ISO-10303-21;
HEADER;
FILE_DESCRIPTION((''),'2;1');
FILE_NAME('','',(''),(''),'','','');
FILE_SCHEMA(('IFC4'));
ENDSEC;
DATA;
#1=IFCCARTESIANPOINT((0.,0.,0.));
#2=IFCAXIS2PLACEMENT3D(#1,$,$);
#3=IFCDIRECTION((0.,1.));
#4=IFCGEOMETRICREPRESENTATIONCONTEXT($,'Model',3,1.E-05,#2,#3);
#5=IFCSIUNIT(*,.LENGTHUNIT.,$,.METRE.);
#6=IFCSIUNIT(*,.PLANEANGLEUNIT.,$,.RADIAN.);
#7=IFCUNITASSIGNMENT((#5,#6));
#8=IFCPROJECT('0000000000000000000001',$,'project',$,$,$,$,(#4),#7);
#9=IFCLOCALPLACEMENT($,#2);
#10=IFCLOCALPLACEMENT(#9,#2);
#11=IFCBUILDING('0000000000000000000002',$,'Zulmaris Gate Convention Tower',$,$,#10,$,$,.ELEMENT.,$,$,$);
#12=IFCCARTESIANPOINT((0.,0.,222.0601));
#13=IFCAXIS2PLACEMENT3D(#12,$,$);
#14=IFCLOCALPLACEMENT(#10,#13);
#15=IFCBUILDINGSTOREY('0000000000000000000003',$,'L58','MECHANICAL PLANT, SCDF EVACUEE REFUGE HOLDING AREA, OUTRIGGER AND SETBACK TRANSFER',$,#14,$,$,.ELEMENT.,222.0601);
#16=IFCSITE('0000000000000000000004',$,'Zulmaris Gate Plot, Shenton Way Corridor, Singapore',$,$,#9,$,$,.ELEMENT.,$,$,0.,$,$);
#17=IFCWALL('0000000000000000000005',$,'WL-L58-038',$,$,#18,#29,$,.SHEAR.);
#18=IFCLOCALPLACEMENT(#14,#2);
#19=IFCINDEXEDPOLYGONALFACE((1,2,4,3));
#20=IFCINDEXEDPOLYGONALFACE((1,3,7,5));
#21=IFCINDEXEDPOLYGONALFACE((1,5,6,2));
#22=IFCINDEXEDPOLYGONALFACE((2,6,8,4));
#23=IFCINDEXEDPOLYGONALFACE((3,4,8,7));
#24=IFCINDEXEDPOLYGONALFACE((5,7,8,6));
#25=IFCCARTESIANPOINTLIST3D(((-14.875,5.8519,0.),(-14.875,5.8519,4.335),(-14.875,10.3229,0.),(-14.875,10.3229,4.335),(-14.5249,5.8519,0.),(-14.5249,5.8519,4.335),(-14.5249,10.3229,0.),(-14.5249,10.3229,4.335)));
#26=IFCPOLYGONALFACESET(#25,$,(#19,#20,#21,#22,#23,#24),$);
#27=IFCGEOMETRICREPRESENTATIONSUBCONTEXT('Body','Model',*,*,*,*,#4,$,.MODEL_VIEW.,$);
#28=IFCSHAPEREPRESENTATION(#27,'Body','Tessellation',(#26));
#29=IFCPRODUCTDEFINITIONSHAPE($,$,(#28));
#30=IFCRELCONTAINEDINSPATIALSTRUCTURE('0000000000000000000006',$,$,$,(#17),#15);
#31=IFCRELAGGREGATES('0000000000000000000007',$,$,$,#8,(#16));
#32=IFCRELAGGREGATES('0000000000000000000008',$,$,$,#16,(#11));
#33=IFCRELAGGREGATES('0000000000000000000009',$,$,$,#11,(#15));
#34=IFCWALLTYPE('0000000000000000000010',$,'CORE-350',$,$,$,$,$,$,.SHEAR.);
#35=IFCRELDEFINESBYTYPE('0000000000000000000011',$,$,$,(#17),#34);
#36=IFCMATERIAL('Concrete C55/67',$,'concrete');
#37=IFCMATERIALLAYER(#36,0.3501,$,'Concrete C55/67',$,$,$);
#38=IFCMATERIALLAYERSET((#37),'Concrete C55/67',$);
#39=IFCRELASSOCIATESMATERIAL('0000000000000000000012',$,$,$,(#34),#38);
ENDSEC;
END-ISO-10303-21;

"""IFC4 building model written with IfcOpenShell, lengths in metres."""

from ifc_helpers import new_model, si_unit, direction, frame, frame_2d, origin, place, context, subcontext, project, spatial, rectangle, extrude, material, layer, layer_set, type_object, element, save


model = new_model("IFC4")

# Units and contexts
model_context = context("Model", 3, precision=1e-05, world=origin(), true_north=direction((0.0, 1.0)))
body_context = subcontext(model_context, "Body", "Model", "MODEL_VIEW")
ifc_project = project(units=[si_unit("LENGTHUNIT", "METRE"), si_unit("PLANEANGLEUNIT", "RADIAN")], contexts=[model_context])

# Site, building, storey
site_placement = place(None, origin())
site = spatial("IfcSite", under=ifc_project, at=site_placement, Name="Zulmaris Gate Plot, Shenton Way Corridor, Singapore", CompositionType="ELEMENT", RefElevation=0.0)
building_placement = place(site_placement, origin())
building = spatial("IfcBuilding", under=site, at=building_placement, Name="Zulmaris Gate Convention Tower", CompositionType="ELEMENT")
storey_placement = place(building_placement, frame((0.0, 0.0, 222.0601)))
storey = spatial("IfcBuildingStorey", under=building, at=storey_placement, Name="L58", Description="MECHANICAL PLANT, SCDF EVACUEE REFUGE HOLDING AREA, OUTRIGGER AND SETBACK TRANSFER", CompositionType="ELEMENT", Elevation=222.0601)

# Wall
ifc_material_1 = material(Name="Concrete C55/67", Category="concrete")
ifc_layer_1 = layer(ifc_material_1, 0.3501, Name="Concrete C55/67")
ifc_layer_set_1 = layer_set([ifc_layer_1], Name="Concrete C55/67")
wall_type_1 = type_object("IfcWallType", Name="CORE-350", PredefinedType="SHEAR", material=ifc_layer_set_1)
wall_1_placement = place(storey_placement, frame((-14.7, 5.8521, 0.0), z_axis=(0.0, 0.0, 1.0), x_axis=(0.0, 1.0, 0.0)))
element("IfcWall", 1, at=wall_1_placement, inside=storey, type_object=wall_type_1, Name="WL-L58-038", PredefinedType="SHEAR", context=body_context, shape_type="SweptSolid", body=[
    extrude(rectangle(XDim=4.4709, YDim=0.3501, at=frame_2d((2.2354, 0.0))), origin(), (0.0, 0.0, 1.0), 4.335),
])

save(model, "model.ifc")
